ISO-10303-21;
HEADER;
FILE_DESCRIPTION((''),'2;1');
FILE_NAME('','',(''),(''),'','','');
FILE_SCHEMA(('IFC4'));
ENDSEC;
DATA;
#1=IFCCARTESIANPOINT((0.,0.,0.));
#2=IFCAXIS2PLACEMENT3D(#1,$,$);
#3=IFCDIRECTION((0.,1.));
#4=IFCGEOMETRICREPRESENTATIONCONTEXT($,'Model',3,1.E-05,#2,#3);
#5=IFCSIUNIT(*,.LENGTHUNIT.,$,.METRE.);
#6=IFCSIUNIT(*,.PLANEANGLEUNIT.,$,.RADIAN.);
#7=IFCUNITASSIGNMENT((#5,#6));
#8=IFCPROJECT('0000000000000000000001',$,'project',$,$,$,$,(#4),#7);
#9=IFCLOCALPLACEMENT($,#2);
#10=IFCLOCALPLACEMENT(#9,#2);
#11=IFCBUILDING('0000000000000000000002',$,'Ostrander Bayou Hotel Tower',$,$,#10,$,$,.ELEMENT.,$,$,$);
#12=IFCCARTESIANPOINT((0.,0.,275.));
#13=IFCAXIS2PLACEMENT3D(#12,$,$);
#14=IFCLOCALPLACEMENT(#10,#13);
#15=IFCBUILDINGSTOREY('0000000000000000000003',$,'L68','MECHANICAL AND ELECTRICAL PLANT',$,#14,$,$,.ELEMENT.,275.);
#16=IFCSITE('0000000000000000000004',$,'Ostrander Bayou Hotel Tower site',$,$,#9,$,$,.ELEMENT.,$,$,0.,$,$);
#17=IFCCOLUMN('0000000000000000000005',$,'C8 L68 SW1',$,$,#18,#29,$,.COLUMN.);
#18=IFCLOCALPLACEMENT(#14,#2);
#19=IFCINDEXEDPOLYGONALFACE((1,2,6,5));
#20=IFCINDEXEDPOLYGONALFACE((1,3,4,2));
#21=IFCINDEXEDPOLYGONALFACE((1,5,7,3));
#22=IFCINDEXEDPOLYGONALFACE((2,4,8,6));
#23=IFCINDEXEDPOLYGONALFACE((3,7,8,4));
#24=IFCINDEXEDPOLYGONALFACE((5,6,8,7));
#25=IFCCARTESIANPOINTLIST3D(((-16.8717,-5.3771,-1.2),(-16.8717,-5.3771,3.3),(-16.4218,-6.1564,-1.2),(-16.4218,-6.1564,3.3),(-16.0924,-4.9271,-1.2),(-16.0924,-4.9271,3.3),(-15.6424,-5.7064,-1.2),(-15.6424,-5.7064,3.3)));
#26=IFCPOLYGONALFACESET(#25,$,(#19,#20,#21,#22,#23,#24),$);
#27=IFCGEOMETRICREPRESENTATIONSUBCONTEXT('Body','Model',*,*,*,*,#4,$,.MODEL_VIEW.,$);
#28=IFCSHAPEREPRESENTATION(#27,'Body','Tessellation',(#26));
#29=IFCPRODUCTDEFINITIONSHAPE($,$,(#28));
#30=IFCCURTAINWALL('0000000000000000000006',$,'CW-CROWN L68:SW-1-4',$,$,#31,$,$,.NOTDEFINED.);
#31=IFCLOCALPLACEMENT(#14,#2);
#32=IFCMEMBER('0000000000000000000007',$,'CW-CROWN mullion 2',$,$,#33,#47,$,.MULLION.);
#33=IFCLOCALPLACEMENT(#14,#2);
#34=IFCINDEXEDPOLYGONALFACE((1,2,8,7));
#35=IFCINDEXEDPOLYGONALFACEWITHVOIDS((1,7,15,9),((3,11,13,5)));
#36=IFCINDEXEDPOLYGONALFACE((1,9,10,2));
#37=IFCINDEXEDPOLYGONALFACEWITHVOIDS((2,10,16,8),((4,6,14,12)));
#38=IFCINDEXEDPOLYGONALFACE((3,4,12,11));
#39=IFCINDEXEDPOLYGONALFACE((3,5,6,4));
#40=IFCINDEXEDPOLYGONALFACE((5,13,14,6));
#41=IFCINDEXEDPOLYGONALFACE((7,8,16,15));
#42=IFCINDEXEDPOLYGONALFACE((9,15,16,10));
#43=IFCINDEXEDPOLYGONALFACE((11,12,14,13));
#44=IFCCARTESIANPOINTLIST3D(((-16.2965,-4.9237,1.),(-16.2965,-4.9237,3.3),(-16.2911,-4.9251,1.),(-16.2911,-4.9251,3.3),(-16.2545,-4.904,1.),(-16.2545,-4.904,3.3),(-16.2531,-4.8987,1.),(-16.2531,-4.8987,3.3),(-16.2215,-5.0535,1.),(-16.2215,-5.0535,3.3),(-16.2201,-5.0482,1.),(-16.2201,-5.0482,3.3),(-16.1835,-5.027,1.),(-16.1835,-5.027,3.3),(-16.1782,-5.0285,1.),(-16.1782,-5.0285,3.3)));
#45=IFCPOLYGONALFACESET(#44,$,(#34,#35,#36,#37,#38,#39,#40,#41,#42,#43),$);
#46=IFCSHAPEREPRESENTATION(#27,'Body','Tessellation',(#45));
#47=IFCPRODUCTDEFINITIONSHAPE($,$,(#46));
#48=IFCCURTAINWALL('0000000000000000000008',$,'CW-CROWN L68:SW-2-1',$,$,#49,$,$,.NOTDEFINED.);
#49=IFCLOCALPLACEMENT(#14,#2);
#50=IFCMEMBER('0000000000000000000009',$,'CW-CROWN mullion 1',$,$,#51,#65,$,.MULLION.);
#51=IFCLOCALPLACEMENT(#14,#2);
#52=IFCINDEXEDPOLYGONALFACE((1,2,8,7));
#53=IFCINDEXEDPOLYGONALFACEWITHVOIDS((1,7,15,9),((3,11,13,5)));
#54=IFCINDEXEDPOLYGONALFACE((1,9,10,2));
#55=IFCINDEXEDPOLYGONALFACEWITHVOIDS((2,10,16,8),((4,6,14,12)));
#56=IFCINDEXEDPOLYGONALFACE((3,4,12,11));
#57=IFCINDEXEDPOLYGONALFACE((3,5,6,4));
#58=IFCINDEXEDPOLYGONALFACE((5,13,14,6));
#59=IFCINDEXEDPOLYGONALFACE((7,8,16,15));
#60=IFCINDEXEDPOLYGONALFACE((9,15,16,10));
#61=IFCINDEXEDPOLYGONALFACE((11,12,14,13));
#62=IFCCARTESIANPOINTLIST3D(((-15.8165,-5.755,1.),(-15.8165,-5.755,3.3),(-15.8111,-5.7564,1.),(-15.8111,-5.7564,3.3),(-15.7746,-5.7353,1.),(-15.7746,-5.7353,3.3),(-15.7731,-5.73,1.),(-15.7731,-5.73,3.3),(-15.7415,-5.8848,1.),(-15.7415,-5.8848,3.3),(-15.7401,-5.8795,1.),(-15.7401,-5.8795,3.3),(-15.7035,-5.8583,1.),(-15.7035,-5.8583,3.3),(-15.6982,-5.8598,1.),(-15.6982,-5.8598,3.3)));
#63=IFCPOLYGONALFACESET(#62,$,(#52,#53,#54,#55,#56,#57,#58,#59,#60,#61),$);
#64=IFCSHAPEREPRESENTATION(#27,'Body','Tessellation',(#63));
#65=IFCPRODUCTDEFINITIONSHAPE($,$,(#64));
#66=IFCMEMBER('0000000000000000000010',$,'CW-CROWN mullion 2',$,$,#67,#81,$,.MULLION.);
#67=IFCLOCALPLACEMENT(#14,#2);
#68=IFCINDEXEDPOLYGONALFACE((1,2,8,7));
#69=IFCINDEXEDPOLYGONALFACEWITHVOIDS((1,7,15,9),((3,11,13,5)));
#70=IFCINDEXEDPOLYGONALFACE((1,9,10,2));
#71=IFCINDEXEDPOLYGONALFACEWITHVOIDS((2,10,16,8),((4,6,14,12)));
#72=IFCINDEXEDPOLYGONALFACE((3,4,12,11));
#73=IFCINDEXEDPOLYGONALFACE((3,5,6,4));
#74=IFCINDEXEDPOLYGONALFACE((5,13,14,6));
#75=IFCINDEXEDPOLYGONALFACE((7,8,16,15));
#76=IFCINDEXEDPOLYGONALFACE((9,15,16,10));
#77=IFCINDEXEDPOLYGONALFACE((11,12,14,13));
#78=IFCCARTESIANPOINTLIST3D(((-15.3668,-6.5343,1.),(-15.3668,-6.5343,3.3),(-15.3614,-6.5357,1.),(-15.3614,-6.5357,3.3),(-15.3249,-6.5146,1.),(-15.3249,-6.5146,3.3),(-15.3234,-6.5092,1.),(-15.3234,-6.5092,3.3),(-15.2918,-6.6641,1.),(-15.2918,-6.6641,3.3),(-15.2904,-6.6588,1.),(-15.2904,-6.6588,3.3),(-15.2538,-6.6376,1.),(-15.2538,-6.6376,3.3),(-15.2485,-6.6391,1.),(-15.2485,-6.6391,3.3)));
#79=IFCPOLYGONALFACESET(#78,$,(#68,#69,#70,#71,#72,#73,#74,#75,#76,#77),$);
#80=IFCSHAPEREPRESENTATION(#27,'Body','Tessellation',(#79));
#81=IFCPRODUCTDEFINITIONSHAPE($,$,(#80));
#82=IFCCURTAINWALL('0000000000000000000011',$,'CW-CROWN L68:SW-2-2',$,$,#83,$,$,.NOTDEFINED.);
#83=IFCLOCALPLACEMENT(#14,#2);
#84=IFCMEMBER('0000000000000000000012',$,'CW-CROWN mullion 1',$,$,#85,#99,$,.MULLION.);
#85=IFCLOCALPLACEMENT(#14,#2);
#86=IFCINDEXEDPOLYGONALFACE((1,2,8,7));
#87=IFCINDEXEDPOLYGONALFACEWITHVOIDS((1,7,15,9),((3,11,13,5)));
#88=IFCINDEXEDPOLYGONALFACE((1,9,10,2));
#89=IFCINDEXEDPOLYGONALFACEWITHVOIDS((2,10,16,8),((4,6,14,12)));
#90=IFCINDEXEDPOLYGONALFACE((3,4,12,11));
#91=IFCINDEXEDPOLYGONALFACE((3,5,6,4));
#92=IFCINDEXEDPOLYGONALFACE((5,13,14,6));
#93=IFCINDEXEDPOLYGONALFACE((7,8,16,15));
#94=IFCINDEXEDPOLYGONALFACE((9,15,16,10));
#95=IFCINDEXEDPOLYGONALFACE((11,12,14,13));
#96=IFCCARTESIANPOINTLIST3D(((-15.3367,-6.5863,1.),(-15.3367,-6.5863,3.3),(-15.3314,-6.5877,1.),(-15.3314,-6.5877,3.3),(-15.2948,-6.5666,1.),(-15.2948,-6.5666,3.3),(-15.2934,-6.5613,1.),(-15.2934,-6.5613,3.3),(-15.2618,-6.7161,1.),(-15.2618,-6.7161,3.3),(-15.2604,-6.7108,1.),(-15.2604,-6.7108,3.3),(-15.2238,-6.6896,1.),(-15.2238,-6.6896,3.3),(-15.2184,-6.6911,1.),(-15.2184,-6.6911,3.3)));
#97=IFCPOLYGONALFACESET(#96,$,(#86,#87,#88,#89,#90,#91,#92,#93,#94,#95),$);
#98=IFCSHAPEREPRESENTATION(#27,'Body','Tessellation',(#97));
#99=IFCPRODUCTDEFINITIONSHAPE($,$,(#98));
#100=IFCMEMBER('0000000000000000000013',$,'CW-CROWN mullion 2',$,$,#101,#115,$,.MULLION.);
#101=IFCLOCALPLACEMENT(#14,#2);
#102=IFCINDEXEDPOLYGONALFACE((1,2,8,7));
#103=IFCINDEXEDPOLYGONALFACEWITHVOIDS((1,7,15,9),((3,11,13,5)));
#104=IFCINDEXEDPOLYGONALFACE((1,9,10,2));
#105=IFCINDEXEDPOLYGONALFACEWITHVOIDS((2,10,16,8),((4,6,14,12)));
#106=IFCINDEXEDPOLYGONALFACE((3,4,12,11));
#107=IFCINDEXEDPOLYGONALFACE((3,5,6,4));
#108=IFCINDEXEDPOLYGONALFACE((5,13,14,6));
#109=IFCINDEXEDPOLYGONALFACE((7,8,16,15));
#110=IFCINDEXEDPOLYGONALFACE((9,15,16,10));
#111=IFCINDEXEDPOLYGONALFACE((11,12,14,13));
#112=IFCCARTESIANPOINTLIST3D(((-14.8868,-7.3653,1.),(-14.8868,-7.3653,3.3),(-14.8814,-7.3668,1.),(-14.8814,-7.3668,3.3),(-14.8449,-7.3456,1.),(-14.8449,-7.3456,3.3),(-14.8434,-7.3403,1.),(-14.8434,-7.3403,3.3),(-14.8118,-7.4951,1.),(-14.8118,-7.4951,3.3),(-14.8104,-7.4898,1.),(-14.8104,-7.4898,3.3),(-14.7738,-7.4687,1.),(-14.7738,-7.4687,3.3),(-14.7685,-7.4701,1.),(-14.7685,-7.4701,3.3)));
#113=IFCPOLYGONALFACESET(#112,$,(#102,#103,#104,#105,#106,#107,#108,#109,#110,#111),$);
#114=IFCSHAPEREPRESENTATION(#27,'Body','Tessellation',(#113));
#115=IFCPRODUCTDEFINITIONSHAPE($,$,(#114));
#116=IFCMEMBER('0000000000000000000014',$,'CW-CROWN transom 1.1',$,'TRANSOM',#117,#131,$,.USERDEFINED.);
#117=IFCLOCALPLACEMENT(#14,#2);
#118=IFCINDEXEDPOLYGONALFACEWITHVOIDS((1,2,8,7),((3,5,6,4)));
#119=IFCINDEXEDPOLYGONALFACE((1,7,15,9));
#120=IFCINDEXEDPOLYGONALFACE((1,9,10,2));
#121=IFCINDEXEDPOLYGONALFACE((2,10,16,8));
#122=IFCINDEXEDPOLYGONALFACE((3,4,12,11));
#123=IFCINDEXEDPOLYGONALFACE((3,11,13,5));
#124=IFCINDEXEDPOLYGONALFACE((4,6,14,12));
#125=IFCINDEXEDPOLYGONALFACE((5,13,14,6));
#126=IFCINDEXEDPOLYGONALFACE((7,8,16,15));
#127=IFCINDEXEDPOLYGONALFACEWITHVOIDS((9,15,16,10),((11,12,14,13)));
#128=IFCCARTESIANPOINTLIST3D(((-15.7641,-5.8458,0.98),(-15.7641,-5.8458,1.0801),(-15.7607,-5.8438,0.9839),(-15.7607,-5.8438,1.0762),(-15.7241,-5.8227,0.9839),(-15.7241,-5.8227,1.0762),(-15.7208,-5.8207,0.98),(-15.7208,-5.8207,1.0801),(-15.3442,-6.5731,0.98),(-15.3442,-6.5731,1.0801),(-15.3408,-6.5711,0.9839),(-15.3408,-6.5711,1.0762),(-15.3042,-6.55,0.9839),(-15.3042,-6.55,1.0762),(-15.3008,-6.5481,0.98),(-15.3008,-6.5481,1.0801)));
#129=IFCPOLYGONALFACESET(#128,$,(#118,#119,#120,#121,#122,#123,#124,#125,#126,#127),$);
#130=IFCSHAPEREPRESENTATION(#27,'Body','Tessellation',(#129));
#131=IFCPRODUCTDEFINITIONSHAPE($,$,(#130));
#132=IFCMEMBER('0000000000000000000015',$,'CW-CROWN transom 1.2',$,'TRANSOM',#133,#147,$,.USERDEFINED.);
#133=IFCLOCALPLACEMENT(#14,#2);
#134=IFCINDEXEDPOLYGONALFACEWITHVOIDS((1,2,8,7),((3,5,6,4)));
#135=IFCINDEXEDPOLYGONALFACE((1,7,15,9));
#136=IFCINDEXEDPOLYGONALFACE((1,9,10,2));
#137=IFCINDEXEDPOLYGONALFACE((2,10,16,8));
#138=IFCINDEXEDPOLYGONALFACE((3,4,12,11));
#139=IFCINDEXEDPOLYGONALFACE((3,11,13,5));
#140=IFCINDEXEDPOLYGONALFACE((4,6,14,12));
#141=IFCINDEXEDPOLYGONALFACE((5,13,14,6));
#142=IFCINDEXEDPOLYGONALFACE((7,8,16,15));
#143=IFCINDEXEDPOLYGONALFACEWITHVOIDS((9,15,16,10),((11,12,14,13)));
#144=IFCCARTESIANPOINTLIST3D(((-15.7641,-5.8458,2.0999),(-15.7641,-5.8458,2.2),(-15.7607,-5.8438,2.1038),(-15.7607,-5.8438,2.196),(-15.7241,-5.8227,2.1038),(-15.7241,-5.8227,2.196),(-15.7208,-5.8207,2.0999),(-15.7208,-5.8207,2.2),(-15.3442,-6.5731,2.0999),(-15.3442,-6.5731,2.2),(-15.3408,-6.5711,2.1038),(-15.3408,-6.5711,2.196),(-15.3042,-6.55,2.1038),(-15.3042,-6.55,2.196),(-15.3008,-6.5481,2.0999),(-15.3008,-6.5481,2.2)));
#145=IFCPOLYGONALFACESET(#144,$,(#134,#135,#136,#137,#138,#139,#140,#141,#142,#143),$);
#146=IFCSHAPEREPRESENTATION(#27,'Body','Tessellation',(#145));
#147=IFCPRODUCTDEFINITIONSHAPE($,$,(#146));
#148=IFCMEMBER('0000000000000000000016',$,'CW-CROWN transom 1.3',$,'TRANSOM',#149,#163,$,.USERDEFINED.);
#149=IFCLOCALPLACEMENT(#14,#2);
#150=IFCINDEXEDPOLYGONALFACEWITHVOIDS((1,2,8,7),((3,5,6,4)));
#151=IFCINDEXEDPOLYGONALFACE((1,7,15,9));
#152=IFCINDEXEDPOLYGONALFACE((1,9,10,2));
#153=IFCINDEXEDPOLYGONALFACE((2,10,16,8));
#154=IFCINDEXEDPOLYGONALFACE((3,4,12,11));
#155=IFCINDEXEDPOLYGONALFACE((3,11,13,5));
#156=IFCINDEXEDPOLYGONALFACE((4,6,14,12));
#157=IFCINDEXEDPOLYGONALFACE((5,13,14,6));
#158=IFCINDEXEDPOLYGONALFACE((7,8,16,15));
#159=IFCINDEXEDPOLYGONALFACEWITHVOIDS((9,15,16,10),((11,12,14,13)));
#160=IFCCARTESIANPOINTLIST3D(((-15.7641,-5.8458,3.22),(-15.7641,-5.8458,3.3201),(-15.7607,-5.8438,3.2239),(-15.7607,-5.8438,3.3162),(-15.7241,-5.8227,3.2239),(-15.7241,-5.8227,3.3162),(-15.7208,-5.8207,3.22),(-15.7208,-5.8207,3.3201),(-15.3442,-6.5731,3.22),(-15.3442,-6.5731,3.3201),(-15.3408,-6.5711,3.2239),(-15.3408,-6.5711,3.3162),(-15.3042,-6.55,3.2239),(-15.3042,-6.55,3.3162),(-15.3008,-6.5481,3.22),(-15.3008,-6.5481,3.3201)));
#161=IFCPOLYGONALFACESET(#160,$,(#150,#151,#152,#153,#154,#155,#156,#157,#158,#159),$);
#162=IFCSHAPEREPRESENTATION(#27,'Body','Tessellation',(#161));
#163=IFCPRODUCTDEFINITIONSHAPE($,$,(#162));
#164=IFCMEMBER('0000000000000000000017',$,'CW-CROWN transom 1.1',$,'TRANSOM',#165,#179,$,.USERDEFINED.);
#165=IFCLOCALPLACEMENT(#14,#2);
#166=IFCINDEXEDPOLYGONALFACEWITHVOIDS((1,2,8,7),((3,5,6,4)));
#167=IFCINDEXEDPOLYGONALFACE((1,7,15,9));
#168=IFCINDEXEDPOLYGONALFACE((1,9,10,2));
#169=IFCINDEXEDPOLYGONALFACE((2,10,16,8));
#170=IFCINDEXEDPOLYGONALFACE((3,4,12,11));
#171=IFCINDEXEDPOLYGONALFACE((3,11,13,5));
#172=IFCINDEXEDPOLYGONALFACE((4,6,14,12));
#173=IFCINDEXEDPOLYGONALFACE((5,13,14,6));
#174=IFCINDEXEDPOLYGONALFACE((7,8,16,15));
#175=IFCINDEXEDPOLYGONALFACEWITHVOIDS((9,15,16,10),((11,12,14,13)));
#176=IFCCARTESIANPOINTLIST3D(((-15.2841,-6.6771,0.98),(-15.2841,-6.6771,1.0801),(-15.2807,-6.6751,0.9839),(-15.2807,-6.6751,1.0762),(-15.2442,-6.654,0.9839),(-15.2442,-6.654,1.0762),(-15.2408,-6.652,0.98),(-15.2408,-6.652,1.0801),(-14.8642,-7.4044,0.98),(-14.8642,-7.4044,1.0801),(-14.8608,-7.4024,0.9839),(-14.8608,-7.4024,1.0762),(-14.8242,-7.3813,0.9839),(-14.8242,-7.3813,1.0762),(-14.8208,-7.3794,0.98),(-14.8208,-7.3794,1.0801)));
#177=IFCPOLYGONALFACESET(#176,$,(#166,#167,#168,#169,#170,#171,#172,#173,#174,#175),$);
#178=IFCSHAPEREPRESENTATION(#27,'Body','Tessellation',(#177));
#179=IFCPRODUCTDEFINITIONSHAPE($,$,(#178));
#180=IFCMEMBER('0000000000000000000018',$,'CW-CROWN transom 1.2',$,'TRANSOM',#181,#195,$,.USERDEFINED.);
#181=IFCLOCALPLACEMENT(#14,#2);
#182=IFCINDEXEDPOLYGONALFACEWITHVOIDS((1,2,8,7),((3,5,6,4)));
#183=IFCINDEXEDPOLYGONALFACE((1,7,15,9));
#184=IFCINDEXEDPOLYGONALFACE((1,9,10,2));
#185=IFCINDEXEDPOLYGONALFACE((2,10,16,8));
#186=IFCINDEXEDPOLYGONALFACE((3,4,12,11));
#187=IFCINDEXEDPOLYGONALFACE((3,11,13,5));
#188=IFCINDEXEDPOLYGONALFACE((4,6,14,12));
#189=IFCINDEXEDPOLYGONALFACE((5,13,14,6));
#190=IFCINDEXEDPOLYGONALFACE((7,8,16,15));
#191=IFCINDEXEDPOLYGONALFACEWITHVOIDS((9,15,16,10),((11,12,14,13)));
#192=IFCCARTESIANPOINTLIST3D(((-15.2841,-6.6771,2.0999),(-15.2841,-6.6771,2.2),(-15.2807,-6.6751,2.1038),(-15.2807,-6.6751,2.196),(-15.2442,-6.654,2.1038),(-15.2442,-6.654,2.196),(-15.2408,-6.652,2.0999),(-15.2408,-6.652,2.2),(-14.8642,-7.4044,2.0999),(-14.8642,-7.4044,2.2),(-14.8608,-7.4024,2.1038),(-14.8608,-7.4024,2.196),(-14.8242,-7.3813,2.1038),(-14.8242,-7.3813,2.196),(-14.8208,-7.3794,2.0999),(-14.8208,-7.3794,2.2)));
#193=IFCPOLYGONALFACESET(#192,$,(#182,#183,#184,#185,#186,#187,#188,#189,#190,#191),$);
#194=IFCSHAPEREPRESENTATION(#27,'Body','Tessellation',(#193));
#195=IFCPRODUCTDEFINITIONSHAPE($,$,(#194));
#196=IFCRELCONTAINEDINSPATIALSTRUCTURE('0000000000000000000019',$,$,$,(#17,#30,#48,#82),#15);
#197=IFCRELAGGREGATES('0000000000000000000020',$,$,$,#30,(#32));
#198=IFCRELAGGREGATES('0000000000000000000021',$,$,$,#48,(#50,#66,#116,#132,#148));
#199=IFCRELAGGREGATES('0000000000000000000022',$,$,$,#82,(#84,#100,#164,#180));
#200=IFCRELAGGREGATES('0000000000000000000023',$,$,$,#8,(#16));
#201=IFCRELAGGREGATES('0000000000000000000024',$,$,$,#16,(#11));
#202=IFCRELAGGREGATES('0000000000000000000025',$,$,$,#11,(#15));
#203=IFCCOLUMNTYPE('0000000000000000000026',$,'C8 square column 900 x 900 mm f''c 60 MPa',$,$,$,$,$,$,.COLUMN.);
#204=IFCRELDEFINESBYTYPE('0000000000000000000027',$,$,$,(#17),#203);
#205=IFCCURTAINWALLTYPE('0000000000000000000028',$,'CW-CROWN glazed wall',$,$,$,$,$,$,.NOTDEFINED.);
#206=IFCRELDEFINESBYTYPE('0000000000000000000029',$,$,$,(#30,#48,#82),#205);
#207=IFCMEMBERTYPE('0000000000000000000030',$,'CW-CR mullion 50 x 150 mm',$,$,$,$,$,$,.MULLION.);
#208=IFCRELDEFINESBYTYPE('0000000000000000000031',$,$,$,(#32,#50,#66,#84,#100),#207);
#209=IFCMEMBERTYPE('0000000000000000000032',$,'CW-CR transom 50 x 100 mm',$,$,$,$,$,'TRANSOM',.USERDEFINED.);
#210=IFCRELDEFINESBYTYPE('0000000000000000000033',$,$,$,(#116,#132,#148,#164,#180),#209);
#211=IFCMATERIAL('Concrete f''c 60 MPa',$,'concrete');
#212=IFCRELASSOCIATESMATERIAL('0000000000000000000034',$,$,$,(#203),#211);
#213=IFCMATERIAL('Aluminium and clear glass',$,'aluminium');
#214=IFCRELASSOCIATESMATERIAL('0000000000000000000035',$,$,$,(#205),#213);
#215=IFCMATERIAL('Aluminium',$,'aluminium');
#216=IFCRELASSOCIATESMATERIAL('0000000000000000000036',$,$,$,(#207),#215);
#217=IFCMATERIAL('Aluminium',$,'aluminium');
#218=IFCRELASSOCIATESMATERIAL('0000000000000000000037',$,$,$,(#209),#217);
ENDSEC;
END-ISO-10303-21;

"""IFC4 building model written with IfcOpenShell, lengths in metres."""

from ifc_helpers import new_model, si_unit, direction, frame, origin, origin_2d, place, context, subcontext, project, spatial, rectangle, hollow_rectangle, extrude, material, material_profile, profile_set, type_object, element, aggregate, save


model = new_model("IFC4")

# Units and contexts
model_context = context("Model", 3, precision=1e-05, world=origin(), true_north=direction((0.0, 1.0)))
body_context = subcontext(model_context, "Body", "Model", "MODEL_VIEW")
ifc_project = project(units=[si_unit("LENGTHUNIT", "METRE"), si_unit("PLANEANGLEUNIT", "RADIAN")], contexts=[model_context])

# Site, building, storey
site_placement = place(None, origin())
site = spatial("IfcSite", under=ifc_project, at=site_placement, Name="Ostrander Bayou Hotel Tower site", CompositionType="ELEMENT", RefElevation=0.0)
building_placement = place(site_placement, origin())
building = spatial("IfcBuilding", under=site, at=building_placement, Name="Ostrander Bayou Hotel Tower", CompositionType="ELEMENT")
storey_placement = place(building_placement, frame((0.0, 0.0, 275.0)))
storey = spatial("IfcBuildingStorey", under=building, at=storey_placement, Name="L68", Description="MECHANICAL AND ELECTRICAL PLANT", CompositionType="ELEMENT", Elevation=275.0)

# Column
ifc_material_1 = material(Name="Concrete f'c 60 MPa", Category="concrete")
ifc_material_profile_1 = material_profile(ifc_material_1, rectangle(XDim=0.8999, YDim=0.8999, at=origin_2d()))
ifc_profile_set_1 = profile_set([ifc_material_profile_1], Name="Concrete f'c 60 MPa")
column_type = type_object("IfcColumnType", Name="C8 square column 900 x 900 mm f'c 60 MPa", PredefinedType="COLUMN", material=ifc_profile_set_1)
column_placement = place(storey_placement, frame((-16.2571, -5.5417, -1.2), z_axis=(0.0, 0.0, 1.0), x_axis=(-0.5, 0.866025, 0.0)))
element("IfcColumn", 1, at=column_placement, inside=storey, type_object=column_type, Name="C8 L68 SW1", PredefinedType="COLUMN", context=body_context, shape_type="SweptSolid", body=[
    extrude(rectangle(XDim=0.8999, YDim=0.8999, at=origin_2d()), origin(), (0.0, 0.0, 1.0), 4.5),
])

# Curtain wall, member
ifc_material_2 = material(Name="Aluminium and clear glass", Category="aluminium")
curtain_wall_type = type_object("IfcCurtainWallType", Name="CW-CROWN glazed wall", PredefinedType="NOTDEFINED", material=ifc_material_2)
curtain_wall_1_placement = place(storey_placement, origin())
curtain_wall_1 = element("IfcCurtainWall", 2, at=curtain_wall_1_placement, inside=storey, type_object=curtain_wall_type, Name="CW-CROWN L68:SW-1-4", PredefinedType="NOTDEFINED")
ifc_material_3 = material(Name="Aluminium", Category="aluminium")
ifc_material_profile_2 = material_profile(ifc_material_3, hollow_rectangle(XDim=0.05, YDim=0.1499, WallThickness=0.0039, at=origin_2d()))
ifc_profile_set_2 = profile_set([ifc_material_profile_2], Name="Aluminium")
member_type_1 = type_object("IfcMemberType", Name="CW-CR mullion 50 x 150 mm", PredefinedType="MULLION", material=ifc_profile_set_2)
member_1_placement = place(storey_placement, frame((-16.2373, -4.9761, 1.0), z_axis=(0.0, 0.0, 1.0), x_axis=(0.866021, 0.500007, 0.0)))
member_1 = element("IfcMember", 3, at=member_1_placement, type_object=member_type_1, Name="CW-CROWN mullion 2", PredefinedType="MULLION", context=body_context, shape_type="SweptSolid", body=[
    extrude(hollow_rectangle(XDim=0.05, YDim=0.1499, WallThickness=0.0039, at=origin_2d()), origin(), (0.0, 0.0, 1.0), 2.3),
])

# Curtain walls, members
curtain_wall_2_placement = place(storey_placement, origin())
curtain_wall_2 = element("IfcCurtainWall", 4, at=curtain_wall_2_placement, inside=storey, type_object=curtain_wall_type, Name="CW-CROWN L68:SW-2-1", PredefinedType="NOTDEFINED")
member_2_placement = place(storey_placement, frame((-15.7573, -5.8074, 1.0), z_axis=(0.0, 0.0, 1.0), x_axis=(0.866022, 0.500005, 0.0)))
member_2 = element("IfcMember", 5, at=member_2_placement, type_object=member_type_1, Name="CW-CROWN mullion 1", PredefinedType="MULLION", context=body_context, shape_type="SweptSolid", body=[
    extrude(hollow_rectangle(XDim=0.05, YDim=0.1499, WallThickness=0.0039, at=origin_2d()), origin(), (0.0, 0.0, 1.0), 2.3),
])
member_3_placement = place(storey_placement, frame((-15.3076, -6.5867, 1.0), z_axis=(0.0, 0.0, 1.0), x_axis=(0.866022, 0.500005, 0.0)))
member_3 = element("IfcMember", 6, at=member_3_placement, type_object=member_type_1, Name="CW-CROWN mullion 2", PredefinedType="MULLION", context=body_context, shape_type="SweptSolid", body=[
    extrude(hollow_rectangle(XDim=0.05, YDim=0.1499, WallThickness=0.0039, at=origin_2d()), origin(), (0.0, 0.0, 1.0), 2.3),
])
curtain_wall_3_placement = place(storey_placement, origin())
curtain_wall_3 = element("IfcCurtainWall", 7, at=curtain_wall_3_placement, inside=storey, type_object=curtain_wall_type, Name="CW-CROWN L68:SW-2-2", PredefinedType="NOTDEFINED")
member_4_placement = place(storey_placement, frame((-15.2776, -6.6387, 1.0), z_axis=(0.0, 0.0, 1.0), x_axis=(0.866022, 0.500005, 0.0)))
member_4 = element("IfcMember", 8, at=member_4_placement, type_object=member_type_1, Name="CW-CROWN mullion 1", PredefinedType="MULLION", context=body_context, shape_type="SweptSolid", body=[
    extrude(hollow_rectangle(XDim=0.05, YDim=0.1499, WallThickness=0.0039, at=origin_2d()), origin(), (0.0, 0.0, 1.0), 2.3),
])
member_5_placement = place(storey_placement, frame((-14.8276, -7.4177, 1.0), z_axis=(0.0, 0.0, 1.0), x_axis=(0.866022, 0.500005, 0.0)))
member_5 = element("IfcMember", 9, at=member_5_placement, type_object=member_type_1, Name="CW-CROWN mullion 2", PredefinedType="MULLION", context=body_context, shape_type="SweptSolid", body=[
    extrude(hollow_rectangle(XDim=0.05, YDim=0.1499, WallThickness=0.0039, at=origin_2d()), origin(), (0.0, 0.0, 1.0), 2.3),
])

# Members
ifc_material_4 = material(Name="Aluminium", Category="aluminium")
ifc_material_profile_3 = material_profile(ifc_material_4, hollow_rectangle(XDim=0.05, YDim=0.1001, WallThickness=0.0039, at=origin_2d()))
ifc_profile_set_3 = profile_set([ifc_material_profile_3], Name="Aluminium")
member_type_2 = type_object("IfcMemberType", Name="CW-CR transom 50 x 100 mm", ElementType="TRANSOM", PredefinedType="USERDEFINED", material=ifc_profile_set_3)
member_6_placement = place(storey_placement, frame((-15.7424, -5.8333, 1.03), z_axis=(0.500016, -0.866016, 0.0), x_axis=(0.866016, 0.500016, 0.0)))
member_6 = element("IfcMember", 10, at=member_6_placement, type_object=member_type_2, Name="CW-CROWN transom 1.1", ObjectType="TRANSOM", PredefinedType="USERDEFINED", context=body_context, shape_type="SweptSolid", body=[
    extrude(hollow_rectangle(XDim=0.05, YDim=0.1001, WallThickness=0.0039, at=origin_2d()), origin(), (0.0, 0.0, 1.0), 0.8398),
])
member_7_placement = place(storey_placement, frame((-15.7424, -5.8333, 2.1499), z_axis=(0.500016, -0.866016, 0.0), x_axis=(0.866016, 0.500016, 0.0)))
member_7 = element("IfcMember", 11, at=member_7_placement, type_object=member_type_2, Name="CW-CROWN transom 1.2", ObjectType="TRANSOM", PredefinedType="USERDEFINED", context=body_context, shape_type="SweptSolid", body=[
    extrude(hollow_rectangle(XDim=0.05, YDim=0.1001, WallThickness=0.0039, at=origin_2d()), origin(), (0.0, 0.0, 1.0), 0.8398),
])
member_8_placement = place(storey_placement, frame((-15.7424, -5.8333, 3.27), z_axis=(0.500016, -0.866016, 0.0), x_axis=(0.866016, 0.500016, 0.0)))
member_8 = element("IfcMember", 12, at=member_8_placement, type_object=member_type_2, Name="CW-CROWN transom 1.3", ObjectType="TRANSOM", PredefinedType="USERDEFINED", context=body_context, shape_type="SweptSolid", body=[
    extrude(hollow_rectangle(XDim=0.05, YDim=0.1001, WallThickness=0.0039, at=origin_2d()), origin(), (0.0, 0.0, 1.0), 0.8398),
])
member_9_placement = place(storey_placement, frame((-15.2625, -6.6646, 1.03), z_axis=(0.500016, -0.866016, 0.0), x_axis=(0.866016, 0.500016, 0.0)))
member_9 = element("IfcMember", 13, at=member_9_placement, type_object=member_type_2, Name="CW-CROWN transom 1.1", ObjectType="TRANSOM", PredefinedType="USERDEFINED", context=body_context, shape_type="SweptSolid", body=[
    extrude(hollow_rectangle(XDim=0.05, YDim=0.1001, WallThickness=0.0039, at=origin_2d()), origin(), (0.0, 0.0, 1.0), 0.8398),
])
member_10_placement = place(storey_placement, frame((-15.2625, -6.6646, 2.1499), z_axis=(0.500016, -0.866016, 0.0), x_axis=(0.866016, 0.500016, 0.0)))
member_10 = element("IfcMember", 14, at=member_10_placement, type_object=member_type_2, Name="CW-CROWN transom 1.2", ObjectType="TRANSOM", PredefinedType="USERDEFINED", context=body_context, shape_type="SweptSolid", body=[
    extrude(hollow_rectangle(XDim=0.05, YDim=0.1001, WallThickness=0.0039, at=origin_2d()), origin(), (0.0, 0.0, 1.0), 0.8398),
])

aggregate(curtain_wall_1, [member_1])
aggregate(curtain_wall_2, [member_2, member_3, member_6, member_7, member_8])
aggregate(curtain_wall_3, [member_4, member_5, member_9, member_10])

save(model, "model.ifc")
